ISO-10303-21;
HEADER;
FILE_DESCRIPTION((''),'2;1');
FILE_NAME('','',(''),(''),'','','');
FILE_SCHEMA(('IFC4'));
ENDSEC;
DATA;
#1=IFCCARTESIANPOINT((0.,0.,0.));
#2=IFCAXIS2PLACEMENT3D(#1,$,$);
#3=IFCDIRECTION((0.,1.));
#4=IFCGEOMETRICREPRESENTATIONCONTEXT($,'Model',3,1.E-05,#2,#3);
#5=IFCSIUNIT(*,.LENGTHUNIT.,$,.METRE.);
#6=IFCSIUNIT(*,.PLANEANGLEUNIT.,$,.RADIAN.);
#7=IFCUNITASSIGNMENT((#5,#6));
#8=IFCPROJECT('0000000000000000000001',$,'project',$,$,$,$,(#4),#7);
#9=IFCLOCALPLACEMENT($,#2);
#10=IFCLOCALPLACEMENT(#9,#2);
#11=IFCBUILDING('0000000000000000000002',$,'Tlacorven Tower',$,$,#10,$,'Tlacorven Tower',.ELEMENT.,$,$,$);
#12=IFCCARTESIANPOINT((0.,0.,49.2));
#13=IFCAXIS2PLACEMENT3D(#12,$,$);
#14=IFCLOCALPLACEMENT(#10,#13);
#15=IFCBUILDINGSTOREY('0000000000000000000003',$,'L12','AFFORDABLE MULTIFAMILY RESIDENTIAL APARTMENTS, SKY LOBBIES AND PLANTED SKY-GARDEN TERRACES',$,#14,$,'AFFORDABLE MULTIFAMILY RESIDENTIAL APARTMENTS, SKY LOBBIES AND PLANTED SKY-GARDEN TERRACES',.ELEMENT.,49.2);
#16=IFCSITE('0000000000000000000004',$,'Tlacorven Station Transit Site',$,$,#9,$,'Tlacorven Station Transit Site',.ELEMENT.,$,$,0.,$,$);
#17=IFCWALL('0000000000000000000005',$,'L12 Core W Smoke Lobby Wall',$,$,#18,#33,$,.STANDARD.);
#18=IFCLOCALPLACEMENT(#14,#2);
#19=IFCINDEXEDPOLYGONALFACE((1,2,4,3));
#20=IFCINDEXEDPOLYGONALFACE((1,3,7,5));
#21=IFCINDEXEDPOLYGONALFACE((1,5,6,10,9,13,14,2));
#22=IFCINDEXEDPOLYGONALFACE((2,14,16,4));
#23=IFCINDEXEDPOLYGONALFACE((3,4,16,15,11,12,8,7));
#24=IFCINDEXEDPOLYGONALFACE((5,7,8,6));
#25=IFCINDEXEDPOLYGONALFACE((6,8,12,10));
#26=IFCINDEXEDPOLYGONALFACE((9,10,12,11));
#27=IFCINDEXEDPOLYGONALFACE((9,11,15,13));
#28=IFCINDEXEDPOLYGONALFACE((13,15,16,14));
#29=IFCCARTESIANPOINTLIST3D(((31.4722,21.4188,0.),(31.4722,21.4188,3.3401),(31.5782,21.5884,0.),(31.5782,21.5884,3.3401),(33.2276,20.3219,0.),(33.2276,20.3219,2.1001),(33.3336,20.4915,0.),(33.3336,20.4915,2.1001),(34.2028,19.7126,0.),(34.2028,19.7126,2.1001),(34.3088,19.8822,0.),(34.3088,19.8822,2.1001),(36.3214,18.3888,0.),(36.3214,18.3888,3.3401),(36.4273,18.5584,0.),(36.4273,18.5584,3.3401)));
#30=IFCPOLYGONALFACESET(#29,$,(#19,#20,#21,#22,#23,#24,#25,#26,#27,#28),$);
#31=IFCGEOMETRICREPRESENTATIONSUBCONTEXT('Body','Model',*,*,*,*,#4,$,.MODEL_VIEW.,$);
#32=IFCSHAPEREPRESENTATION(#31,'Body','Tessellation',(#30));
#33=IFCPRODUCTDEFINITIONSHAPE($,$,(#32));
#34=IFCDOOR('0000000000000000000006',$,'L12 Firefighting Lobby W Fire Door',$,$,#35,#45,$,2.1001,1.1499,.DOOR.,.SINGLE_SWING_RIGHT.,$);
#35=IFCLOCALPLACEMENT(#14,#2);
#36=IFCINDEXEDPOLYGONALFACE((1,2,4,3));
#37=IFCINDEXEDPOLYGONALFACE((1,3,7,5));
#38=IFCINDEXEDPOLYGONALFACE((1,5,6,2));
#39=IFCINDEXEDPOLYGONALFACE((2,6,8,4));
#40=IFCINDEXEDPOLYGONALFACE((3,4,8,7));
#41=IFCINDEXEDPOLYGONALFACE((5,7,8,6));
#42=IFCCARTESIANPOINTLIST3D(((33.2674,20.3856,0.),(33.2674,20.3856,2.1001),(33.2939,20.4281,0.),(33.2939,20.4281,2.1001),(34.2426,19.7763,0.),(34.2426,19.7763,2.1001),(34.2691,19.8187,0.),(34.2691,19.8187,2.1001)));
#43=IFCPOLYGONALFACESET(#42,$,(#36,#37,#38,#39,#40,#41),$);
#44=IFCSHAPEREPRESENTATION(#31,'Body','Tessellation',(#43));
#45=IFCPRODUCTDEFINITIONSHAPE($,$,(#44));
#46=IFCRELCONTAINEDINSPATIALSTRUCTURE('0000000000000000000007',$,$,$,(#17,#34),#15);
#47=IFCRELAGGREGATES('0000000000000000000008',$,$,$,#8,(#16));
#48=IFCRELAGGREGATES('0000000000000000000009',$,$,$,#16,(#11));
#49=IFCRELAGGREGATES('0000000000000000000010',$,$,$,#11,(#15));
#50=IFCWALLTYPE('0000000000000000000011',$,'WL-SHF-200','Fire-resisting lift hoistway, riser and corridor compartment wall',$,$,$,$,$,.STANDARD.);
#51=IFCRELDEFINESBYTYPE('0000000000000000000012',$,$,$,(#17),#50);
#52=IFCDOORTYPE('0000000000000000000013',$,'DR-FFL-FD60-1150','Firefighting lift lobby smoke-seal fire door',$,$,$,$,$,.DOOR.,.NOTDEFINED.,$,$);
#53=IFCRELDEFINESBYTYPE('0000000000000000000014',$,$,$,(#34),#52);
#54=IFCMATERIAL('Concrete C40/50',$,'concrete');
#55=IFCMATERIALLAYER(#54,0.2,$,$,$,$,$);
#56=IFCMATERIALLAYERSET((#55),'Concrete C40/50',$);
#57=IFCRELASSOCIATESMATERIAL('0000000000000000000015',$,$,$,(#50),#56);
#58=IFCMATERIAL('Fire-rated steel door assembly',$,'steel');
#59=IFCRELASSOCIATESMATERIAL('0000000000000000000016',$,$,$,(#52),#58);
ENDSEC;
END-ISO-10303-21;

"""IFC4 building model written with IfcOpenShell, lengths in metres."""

from ifc_helpers import new_model, si_unit, direction, frame, frame_2d, origin, place, context, subcontext, project, spatial, rectangle, extrude, source, transform, mapped, material, layer, layer_set, type_object, element, fill, save


model = new_model("IFC4")

# Units and contexts
model_context = context("Model", 3, precision=1e-05, world=origin(), true_north=direction((0.0, 1.0)))
body_context = subcontext(model_context, "Body", "Model", "MODEL_VIEW")
ifc_project = project(units=[si_unit("LENGTHUNIT", "METRE"), si_unit("PLANEANGLEUNIT", "RADIAN")], contexts=[model_context])

# Site, building, storey
site_placement = place(None, origin())
site = spatial("IfcSite", under=ifc_project, at=site_placement, Name="Tlacorven Station Transit Site", LongName="Tlacorven Station Transit Site", CompositionType="ELEMENT", RefElevation=0.0)
building_placement = place(site_placement, origin())
building = spatial("IfcBuilding", under=site, at=building_placement, Name="Tlacorven Tower", LongName="Tlacorven Tower", CompositionType="ELEMENT")
storey_placement = place(building_placement, frame((0.0, 0.0, 49.2)))
storey = spatial("IfcBuildingStorey", under=building, at=storey_placement, Name="L12", Description="AFFORDABLE MULTIFAMILY RESIDENTIAL APARTMENTS, SKY LOBBIES AND PLANTED SKY-GARDEN TERRACES", LongName="AFFORDABLE MULTIFAMILY RESIDENTIAL APARTMENTS, SKY LOBBIES AND PLANTED SKY-GARDEN TERRACES", CompositionType="ELEMENT", Elevation=49.2)

# Shared definitions
ifc_material_1 = material(Name="Fire-rated steel door assembly", Category="steel")

# Shared definitions
ifc_material_2 = material(Name="Concrete C40/50", Category="concrete")
ifc_layer_1 = layer(ifc_material_2, 0.2)
ifc_layer_set_1 = layer_set([ifc_layer_1], Name="Concrete C40/50")
wall_type_1 = type_object("IfcWallType", Name="WL-SHF-200", Description="Fire-resisting lift hoistway, riser and corridor compartment wall", PredefinedType="STANDARD", material=ifc_layer_set_1)

# Wall, opening, door
wall_1_placement = place(storey_placement, frame((36.3743, 18.4736, 0.0), z_axis=(0.0, 0.0, 1.0), x_axis=(-0.848051, 0.529915, 0.0)))
wall_1 = element("IfcWall", 1, at=wall_1_placement, inside=storey, type_object=wall_type_1, Name="L12 Core W Smoke Lobby Wall", PredefinedType="STANDARD", context=body_context, shape_type="SweptSolid", body=[
    extrude(rectangle(XDim=5.718, YDim=0.2, at=frame_2d((2.8589, 0.0))), origin(), (0.0, 0.0, 1.0), 3.3401),
])
opening_1_placement = place(wall_1_placement, frame((2.498, 0.0, 0.0)))
opening_1 = element("IfcOpeningElement", 2, at=opening_1_placement, cuts=wall_1, PredefinedType="OPENING", context=body_context, shape_type="SweptSolid", body=[
    extrude(rectangle(XDim=1.1499, YDim=2.1001, at=frame_2d((0.575, 1.05))), frame((0.0, 0.1099, 0.0), z_axis=(0.0, -1.0, 0.0), x_axis=(1.0, 0.0, 0.0)), (0.0, 0.0, 1.0), 0.22),
])
door_type_1 = type_object("IfcDoorType", Name="DR-FFL-FD60-1150", Description="Firefighting lift lobby smoke-seal fire door", OperationType="NOTDEFINED", PredefinedType="DOOR", material=ifc_material_1)
shared_shape_1 = source(origin(), body_context, "Body", "SweptSolid", [
    extrude(rectangle(XDim=1.1499, YDim=2.1001, at=frame_2d((0.575, 1.05))), frame((0.0, 0.0249, 0.0), z_axis=(0.0, -1.0, 0.0), x_axis=(1.0, 0.0, 0.0)), (0.0, 0.0, 1.0), 0.05),
])
door_1_placement = place(opening_1_placement, origin())
door_1 = element("IfcDoor", 3, at=door_1_placement, inside=storey, type_object=door_type_1, Name="L12 Firefighting Lobby W Fire Door", OperationType="SINGLE_SWING_RIGHT", OverallHeight=2.1001, OverallWidth=1.1499, PredefinedType="DOOR", context=body_context, shape_type="MappedRepresentation", body=[
    mapped(shared_shape_1, transform((0.0, 0.0, 0.0), scale=1.0)),
])
fill(opening_1, door_1)

save(model, "model.ifc")
